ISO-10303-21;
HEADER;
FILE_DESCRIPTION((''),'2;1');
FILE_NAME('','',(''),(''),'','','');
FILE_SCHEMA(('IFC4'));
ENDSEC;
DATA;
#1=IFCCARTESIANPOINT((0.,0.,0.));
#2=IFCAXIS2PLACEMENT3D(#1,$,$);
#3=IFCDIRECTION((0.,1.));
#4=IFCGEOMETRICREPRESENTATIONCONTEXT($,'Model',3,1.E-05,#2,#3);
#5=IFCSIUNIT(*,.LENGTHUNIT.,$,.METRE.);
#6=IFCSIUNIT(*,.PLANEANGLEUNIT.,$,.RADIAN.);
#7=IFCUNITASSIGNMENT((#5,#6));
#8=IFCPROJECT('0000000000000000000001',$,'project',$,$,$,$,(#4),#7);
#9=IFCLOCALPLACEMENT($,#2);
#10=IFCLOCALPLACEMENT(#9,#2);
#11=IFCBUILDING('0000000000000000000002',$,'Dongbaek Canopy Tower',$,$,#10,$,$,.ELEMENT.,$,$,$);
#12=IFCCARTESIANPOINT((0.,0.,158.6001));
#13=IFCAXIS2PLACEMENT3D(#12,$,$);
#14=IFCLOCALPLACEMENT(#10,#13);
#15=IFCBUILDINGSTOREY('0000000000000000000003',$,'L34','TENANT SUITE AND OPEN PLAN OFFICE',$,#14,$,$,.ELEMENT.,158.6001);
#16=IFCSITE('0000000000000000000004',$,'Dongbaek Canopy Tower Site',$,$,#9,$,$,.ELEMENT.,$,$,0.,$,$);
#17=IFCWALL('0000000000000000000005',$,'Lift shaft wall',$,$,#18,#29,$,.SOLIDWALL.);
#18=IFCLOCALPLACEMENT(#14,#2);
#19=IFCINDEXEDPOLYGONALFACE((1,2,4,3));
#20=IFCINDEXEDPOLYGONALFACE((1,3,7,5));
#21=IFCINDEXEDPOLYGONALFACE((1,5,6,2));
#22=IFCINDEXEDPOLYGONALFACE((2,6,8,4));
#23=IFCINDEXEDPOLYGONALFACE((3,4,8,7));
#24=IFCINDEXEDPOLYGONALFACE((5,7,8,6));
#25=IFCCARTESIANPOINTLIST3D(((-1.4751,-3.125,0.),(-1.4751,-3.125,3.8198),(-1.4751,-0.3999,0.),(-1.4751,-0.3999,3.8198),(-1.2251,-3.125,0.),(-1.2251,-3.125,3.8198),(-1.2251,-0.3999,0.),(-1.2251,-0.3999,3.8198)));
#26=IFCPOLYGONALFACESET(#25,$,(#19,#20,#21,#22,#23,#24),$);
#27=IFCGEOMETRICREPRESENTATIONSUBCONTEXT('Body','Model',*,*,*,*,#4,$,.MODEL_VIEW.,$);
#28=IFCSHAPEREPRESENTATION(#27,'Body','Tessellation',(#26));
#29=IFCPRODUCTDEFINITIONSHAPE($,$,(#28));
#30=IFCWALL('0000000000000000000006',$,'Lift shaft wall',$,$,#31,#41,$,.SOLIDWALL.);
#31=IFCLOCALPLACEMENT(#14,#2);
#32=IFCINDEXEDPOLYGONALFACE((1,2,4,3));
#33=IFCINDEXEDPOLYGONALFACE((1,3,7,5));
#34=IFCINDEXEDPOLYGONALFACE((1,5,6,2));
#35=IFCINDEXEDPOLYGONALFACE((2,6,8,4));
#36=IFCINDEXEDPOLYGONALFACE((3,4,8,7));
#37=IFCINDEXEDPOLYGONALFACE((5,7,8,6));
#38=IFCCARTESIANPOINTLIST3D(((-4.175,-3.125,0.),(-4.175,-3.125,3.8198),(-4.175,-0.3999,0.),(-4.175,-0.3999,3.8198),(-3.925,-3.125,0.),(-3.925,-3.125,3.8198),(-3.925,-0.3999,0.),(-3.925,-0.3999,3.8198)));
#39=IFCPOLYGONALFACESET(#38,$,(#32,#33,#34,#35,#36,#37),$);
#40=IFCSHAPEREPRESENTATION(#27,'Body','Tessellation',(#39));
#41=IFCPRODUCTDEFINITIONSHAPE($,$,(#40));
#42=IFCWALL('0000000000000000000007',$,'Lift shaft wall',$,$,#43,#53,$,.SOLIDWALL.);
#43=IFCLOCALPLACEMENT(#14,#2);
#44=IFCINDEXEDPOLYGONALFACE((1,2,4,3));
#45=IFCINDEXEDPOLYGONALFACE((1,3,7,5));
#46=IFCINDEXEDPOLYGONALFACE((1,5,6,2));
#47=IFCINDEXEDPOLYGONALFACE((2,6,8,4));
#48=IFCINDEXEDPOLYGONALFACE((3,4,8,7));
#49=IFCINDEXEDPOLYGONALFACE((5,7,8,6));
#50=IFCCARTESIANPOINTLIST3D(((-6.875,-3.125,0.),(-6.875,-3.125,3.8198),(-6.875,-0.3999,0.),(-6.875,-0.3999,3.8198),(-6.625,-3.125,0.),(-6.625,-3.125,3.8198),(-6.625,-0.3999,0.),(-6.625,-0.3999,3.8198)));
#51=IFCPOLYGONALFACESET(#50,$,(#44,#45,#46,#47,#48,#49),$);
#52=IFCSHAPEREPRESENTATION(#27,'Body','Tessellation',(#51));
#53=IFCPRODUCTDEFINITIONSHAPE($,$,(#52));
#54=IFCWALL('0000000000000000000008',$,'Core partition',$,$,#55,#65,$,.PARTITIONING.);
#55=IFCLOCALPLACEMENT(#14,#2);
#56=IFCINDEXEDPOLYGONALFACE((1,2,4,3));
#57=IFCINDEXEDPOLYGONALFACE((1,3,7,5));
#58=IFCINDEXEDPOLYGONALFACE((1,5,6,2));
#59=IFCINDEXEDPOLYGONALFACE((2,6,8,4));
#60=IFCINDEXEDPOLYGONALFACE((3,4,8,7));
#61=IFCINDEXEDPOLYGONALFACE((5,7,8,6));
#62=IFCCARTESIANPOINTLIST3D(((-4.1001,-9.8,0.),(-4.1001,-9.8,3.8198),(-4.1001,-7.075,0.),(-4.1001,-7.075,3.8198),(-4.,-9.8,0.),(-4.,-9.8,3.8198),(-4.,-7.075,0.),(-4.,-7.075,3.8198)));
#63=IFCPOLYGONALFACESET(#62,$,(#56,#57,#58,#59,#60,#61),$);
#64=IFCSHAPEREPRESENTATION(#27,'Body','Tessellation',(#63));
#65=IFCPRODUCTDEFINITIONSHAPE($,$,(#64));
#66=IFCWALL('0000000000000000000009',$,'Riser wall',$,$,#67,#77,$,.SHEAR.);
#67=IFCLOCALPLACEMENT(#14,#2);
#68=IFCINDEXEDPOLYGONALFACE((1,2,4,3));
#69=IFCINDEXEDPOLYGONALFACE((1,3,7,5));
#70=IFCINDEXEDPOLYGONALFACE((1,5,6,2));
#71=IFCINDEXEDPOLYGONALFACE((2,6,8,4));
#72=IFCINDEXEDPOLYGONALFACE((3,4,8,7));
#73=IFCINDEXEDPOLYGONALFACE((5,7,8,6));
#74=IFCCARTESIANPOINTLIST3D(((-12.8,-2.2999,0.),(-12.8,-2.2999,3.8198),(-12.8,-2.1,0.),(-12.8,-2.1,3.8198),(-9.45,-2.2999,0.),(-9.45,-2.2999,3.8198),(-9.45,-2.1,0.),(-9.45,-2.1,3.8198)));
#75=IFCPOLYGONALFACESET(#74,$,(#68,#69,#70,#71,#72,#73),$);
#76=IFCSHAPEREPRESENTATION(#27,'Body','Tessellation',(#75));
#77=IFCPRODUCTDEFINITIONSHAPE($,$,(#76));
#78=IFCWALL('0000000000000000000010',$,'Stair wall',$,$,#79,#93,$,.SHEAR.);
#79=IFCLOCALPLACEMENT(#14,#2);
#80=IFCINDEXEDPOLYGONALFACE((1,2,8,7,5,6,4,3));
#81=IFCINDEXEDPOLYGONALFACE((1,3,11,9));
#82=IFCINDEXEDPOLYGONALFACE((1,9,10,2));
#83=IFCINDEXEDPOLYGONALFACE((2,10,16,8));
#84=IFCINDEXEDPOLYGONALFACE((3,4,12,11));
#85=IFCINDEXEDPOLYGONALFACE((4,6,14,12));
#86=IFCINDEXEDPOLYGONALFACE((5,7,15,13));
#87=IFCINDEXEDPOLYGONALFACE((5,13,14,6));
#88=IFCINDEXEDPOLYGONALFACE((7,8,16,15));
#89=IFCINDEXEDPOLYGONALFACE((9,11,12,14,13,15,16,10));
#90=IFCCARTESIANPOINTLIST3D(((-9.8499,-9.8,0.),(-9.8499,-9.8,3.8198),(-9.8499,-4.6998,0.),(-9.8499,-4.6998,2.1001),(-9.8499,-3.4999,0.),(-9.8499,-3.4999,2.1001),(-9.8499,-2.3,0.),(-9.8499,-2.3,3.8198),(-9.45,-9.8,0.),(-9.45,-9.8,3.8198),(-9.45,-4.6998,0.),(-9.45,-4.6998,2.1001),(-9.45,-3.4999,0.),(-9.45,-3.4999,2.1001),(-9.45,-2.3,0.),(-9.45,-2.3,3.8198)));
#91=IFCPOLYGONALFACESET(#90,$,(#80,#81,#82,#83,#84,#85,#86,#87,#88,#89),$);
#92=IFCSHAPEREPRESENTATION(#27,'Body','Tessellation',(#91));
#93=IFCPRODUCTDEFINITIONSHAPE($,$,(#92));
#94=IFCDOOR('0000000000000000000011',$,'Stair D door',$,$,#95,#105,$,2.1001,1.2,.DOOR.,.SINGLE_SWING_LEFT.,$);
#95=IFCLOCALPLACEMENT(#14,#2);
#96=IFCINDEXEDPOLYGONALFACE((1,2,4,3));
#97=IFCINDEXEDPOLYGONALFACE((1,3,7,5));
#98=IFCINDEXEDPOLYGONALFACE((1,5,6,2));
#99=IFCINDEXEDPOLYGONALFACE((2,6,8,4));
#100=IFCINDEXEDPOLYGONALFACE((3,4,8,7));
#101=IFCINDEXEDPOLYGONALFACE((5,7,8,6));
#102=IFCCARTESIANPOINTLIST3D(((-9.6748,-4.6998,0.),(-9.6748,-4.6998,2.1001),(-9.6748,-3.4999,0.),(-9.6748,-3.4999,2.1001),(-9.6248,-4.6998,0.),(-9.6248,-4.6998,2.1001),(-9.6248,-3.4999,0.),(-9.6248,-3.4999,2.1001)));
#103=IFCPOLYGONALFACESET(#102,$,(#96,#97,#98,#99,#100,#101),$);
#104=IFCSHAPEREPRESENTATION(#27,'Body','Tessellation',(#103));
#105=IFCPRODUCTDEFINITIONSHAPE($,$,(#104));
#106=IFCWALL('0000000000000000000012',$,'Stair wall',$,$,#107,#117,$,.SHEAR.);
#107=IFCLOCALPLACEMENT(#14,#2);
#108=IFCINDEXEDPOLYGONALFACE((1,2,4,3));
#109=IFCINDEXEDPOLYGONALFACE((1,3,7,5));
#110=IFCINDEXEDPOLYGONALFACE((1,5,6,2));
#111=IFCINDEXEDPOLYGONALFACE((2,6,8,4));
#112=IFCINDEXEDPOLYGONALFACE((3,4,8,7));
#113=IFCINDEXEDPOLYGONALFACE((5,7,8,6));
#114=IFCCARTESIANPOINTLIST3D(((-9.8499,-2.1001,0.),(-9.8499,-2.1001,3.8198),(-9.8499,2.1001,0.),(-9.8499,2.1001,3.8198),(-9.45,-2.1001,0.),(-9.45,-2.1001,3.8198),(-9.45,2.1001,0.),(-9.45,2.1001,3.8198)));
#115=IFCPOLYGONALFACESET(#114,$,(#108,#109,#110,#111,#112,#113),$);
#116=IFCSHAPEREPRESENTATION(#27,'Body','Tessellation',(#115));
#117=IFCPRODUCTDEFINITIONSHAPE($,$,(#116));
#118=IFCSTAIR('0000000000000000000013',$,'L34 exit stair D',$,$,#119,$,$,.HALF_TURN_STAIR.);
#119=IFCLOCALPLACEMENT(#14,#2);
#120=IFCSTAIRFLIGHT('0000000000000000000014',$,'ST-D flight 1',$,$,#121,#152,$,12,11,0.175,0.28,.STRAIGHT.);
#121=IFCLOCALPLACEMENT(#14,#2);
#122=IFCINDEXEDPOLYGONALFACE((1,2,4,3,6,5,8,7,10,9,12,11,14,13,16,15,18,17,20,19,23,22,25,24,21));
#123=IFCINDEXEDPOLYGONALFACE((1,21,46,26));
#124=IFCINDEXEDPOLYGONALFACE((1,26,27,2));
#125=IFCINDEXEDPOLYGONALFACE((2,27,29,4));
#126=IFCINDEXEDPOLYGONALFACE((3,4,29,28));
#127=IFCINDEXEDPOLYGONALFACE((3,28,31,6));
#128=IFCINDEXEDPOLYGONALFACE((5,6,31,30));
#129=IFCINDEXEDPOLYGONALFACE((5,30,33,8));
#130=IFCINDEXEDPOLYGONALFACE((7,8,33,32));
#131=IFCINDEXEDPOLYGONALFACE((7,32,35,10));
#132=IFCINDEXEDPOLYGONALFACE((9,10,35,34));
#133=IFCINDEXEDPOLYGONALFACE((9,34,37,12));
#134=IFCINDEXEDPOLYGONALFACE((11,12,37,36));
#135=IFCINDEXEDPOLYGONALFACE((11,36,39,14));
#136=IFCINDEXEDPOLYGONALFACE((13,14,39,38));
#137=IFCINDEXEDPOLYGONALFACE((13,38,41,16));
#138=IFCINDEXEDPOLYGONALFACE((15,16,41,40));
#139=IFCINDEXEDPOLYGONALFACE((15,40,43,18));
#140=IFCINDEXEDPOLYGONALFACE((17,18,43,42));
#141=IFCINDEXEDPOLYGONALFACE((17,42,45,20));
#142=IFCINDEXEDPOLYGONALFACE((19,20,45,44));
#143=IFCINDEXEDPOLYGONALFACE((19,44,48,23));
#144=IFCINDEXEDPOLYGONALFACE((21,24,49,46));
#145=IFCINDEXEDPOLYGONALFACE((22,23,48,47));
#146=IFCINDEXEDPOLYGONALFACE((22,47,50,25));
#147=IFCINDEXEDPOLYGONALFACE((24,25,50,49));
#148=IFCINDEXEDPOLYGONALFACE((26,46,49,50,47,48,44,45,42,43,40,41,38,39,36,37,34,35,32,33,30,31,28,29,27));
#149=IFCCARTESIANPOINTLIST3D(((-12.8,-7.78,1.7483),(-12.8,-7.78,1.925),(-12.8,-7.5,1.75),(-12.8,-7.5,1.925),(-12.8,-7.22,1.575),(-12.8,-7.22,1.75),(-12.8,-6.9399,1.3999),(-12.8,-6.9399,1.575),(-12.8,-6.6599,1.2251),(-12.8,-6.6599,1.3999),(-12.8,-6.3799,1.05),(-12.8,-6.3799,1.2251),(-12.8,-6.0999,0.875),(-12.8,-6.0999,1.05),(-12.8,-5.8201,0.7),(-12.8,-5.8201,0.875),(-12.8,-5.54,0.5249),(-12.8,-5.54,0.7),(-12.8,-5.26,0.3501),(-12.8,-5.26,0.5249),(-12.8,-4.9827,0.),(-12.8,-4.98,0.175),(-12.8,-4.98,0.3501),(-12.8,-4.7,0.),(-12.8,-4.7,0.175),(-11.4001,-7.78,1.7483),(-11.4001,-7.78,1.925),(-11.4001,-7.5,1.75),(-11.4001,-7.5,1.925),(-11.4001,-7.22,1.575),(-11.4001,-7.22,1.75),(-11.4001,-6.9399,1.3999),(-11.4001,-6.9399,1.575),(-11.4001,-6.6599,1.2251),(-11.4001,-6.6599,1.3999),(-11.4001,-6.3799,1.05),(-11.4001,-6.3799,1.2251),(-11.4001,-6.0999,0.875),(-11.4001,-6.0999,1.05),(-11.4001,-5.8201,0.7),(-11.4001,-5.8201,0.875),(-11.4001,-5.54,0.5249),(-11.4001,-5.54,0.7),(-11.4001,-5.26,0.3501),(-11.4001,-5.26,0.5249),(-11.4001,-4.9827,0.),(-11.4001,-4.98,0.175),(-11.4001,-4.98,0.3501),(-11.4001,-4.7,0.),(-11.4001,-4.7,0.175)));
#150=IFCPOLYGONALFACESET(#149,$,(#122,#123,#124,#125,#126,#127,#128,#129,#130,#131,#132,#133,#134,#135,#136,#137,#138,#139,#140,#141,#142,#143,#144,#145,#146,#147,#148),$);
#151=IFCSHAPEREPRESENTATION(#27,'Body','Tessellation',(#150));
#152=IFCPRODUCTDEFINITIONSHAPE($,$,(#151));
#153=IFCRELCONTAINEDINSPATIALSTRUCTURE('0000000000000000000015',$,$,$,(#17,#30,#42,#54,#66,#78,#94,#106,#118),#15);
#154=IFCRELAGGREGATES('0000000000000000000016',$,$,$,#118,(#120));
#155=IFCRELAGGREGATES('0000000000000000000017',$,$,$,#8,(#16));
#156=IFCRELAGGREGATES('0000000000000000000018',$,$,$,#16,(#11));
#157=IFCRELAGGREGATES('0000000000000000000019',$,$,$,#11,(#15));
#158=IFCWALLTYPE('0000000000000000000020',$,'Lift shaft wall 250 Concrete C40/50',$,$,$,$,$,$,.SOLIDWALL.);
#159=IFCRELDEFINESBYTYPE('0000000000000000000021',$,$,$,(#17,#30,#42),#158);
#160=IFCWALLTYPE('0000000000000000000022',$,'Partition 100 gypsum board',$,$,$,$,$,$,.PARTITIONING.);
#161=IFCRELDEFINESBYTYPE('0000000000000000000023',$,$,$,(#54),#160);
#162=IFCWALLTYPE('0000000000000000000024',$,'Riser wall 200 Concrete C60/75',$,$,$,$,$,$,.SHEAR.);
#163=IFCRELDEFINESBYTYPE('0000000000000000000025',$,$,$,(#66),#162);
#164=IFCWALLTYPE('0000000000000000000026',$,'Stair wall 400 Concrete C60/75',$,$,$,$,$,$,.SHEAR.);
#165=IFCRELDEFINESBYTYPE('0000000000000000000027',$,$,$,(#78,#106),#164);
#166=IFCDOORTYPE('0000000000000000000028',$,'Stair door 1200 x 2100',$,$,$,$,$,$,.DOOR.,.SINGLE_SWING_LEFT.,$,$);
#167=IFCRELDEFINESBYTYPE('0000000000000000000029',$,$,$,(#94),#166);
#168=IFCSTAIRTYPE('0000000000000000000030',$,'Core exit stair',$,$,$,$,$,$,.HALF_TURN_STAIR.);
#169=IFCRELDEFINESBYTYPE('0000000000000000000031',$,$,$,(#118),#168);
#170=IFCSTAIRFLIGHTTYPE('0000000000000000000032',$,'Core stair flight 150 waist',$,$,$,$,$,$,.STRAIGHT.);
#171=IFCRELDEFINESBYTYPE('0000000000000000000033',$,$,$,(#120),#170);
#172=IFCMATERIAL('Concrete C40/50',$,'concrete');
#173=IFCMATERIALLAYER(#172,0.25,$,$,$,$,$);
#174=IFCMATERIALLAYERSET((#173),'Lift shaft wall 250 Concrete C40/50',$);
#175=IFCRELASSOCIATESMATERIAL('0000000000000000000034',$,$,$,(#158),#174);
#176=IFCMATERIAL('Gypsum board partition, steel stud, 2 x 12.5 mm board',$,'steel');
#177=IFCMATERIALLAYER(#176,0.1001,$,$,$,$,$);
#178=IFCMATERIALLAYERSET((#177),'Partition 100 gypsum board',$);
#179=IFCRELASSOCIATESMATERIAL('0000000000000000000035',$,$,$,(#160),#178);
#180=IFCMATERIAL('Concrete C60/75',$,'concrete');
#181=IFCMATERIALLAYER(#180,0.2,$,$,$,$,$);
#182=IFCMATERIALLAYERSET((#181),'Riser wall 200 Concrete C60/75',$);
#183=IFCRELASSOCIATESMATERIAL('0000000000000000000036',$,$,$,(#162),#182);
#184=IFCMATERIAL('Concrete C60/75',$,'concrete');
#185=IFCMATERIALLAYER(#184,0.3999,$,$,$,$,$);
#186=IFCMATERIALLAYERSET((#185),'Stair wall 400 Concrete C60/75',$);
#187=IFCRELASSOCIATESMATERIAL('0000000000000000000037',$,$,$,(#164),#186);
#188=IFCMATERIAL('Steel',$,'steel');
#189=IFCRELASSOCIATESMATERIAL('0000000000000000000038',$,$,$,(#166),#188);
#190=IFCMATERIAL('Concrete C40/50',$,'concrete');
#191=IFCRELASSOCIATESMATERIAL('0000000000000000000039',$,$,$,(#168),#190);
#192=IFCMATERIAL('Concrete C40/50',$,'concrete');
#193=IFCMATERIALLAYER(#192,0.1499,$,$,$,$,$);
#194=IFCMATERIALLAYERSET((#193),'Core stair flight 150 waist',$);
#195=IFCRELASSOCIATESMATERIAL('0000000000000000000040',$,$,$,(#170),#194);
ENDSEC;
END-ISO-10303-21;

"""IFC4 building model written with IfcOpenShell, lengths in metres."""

from ifc_helpers import new_model, si_unit, direction, frame, frame_2d, origin, place, context, subcontext, project, spatial, polyline, rectangle, outline, extrude, material, layer, layer_set, type_object, element, fill, aggregate, save


model = new_model("IFC4")

# Units and contexts
model_context = context("Model", 3, precision=1e-05, world=origin(), true_north=direction((0.0, 1.0)))
body_context = subcontext(model_context, "Body", "Model", "MODEL_VIEW")
ifc_project = project(units=[si_unit("LENGTHUNIT", "METRE"), si_unit("PLANEANGLEUNIT", "RADIAN")], contexts=[model_context])

# Site, building, storey
site_placement = place(None, origin())
site = spatial("IfcSite", under=ifc_project, at=site_placement, Name="Dongbaek Canopy Tower Site", CompositionType="ELEMENT", RefElevation=0.0)
building_placement = place(site_placement, origin())
building = spatial("IfcBuilding", under=site, at=building_placement, Name="Dongbaek Canopy Tower", CompositionType="ELEMENT")
storey_placement = place(building_placement, frame((0.0, 0.0, 158.6001)))
storey = spatial("IfcBuildingStorey", under=building, at=storey_placement, Name="L34", Description="TENANT SUITE AND OPEN PLAN OFFICE", CompositionType="ELEMENT", Elevation=158.6001)

# Walls
ifc_material_1 = material(Name="Concrete C40/50", Category="concrete")
ifc_layer_1 = layer(ifc_material_1, 0.25)
ifc_layer_set_1 = layer_set([ifc_layer_1], Name="Lift shaft wall 250 Concrete C40/50")
wall_type_1 = type_object("IfcWallType", Name="Lift shaft wall 250 Concrete C40/50", PredefinedType="SOLIDWALL", material=ifc_layer_set_1)
for number, where, z_axis, x_axis, name in (
    (1, (-1.3501, -3.125, 0.0), (0.0, 0.0, 1.0), (0.0, 1.0, 0.0), "Lift shaft wall"),
    (2, (-4.05, -3.125, 0.0), (0.0, 0.0, 1.0), (0.0, 1.0, 0.0), "Lift shaft wall"),
    (3, (-6.75, -3.125, 0.0), (0.0, 0.0, 1.0), (0.0, 1.0, 0.0), "Lift shaft wall"),
):
    element("IfcWall", number, at=place(storey_placement, frame(where, z_axis=z_axis, x_axis=x_axis)), inside=storey, type_object=wall_type_1, Name=name, PredefinedType="SOLIDWALL", context=body_context, shape_type="SweptSolid", body=[
        extrude(rectangle(XDim=2.7251, YDim=0.25, at=frame_2d((1.3625, 0.0))), origin(), (0.0, 0.0, 1.0), 3.8198),
    ])
ifc_material_2 = material(Name="Gypsum board partition, steel stud, 2 x 12.5 mm board", Category="steel")
ifc_layer_2 = layer(ifc_material_2, 0.1001)
ifc_layer_set_2 = layer_set([ifc_layer_2], Name="Partition 100 gypsum board")
wall_type_2 = type_object("IfcWallType", Name="Partition 100 gypsum board", PredefinedType="PARTITIONING", material=ifc_layer_set_2)
wall_1_placement = place(storey_placement, frame((-4.05, -9.8, 0.0), z_axis=(0.0, 0.0, 1.0), x_axis=(0.0, 1.0, 0.0)))
element("IfcWall", 4, at=wall_1_placement, inside=storey, type_object=wall_type_2, Name="Core partition", PredefinedType="PARTITIONING", context=body_context, shape_type="SweptSolid", body=[
    extrude(rectangle(XDim=2.7251, YDim=0.1001, at=frame_2d((1.3625, 0.0))), origin(), (0.0, 0.0, 1.0), 3.8198),
])
ifc_material_3 = material(Name="Concrete C60/75", Category="concrete")
ifc_layer_3 = layer(ifc_material_3, 0.2)
ifc_layer_set_3 = layer_set([ifc_layer_3], Name="Riser wall 200 Concrete C60/75")
wall_type_3 = type_object("IfcWallType", Name="Riser wall 200 Concrete C60/75", PredefinedType="SHEAR", material=ifc_layer_set_3)
wall_2_placement = place(storey_placement, frame((-9.45, -2.2, 0.0), z_axis=(0.0, 0.0, 1.0), x_axis=(-1.0, 0.0, 0.0)))
element("IfcWall", 5, at=wall_2_placement, inside=storey, type_object=wall_type_3, Name="Riser wall", PredefinedType="SHEAR", context=body_context, shape_type="SweptSolid", body=[
    extrude(rectangle(XDim=3.3501, YDim=0.2, at=frame_2d((1.675, 0.0))), origin(), (0.0, 0.0, 1.0), 3.8198),
])

# Wall, opening, door
ifc_material_4 = material(Name="Concrete C60/75", Category="concrete")
ifc_layer_4 = layer(ifc_material_4, 0.3999)
ifc_layer_set_4 = layer_set([ifc_layer_4], Name="Stair wall 400 Concrete C60/75")
wall_type_4 = type_object("IfcWallType", Name="Stair wall 400 Concrete C60/75", PredefinedType="SHEAR", material=ifc_layer_set_4)
wall_3_placement = place(storey_placement, frame((-9.6499, -9.8, 0.0), z_axis=(0.0, 0.0, 1.0), x_axis=(0.0, 1.0, 0.0)))
wall_3 = element("IfcWall", 6, at=wall_3_placement, inside=storey, type_object=wall_type_4, Name="Stair wall", PredefinedType="SHEAR", context=body_context, shape_type="SweptSolid", body=[
    extrude(rectangle(XDim=7.5, YDim=0.3999, at=frame_2d((3.75, 0.0))), origin(), (0.0, 0.0, 1.0), 3.8198),
])
opening_1_placement = place(wall_3_placement, frame((5.1001, 0.0, 0.0)))
opening_1 = element("IfcOpeningElement", 7, at=opening_1_placement, cuts=wall_3, PredefinedType="OPENING", context=body_context, shape_type="SweptSolid", body=[
    extrude(rectangle(XDim=1.2, YDim=2.1001, at=frame_2d((0.6001, 1.05))), frame((0.0, 0.21, 0.0), z_axis=(0.0, -1.0, 0.0), x_axis=(1.0, 0.0, 0.0)), (0.0, 0.0, 1.0), 0.4199),
])
ifc_material_5 = material(Name="Steel", Category="steel")
door_type_1 = type_object("IfcDoorType", Name="Stair door 1200 x 2100", OperationType="SINGLE_SWING_LEFT", PredefinedType="DOOR", material=ifc_material_5)
door_1_placement = place(opening_1_placement, origin())
door_1 = element("IfcDoor", 8, at=door_1_placement, inside=storey, type_object=door_type_1, Name="Stair D door", OperationType="SINGLE_SWING_LEFT", OverallHeight=2.1001, OverallWidth=1.2, PredefinedType="DOOR", context=body_context, shape_type="SweptSolid", body=[
    extrude(rectangle(XDim=1.2, YDim=2.1001, at=frame_2d((0.6001, 1.05))), frame((0.0, 0.0249, 0.0), z_axis=(0.0, -1.0, 0.0), x_axis=(1.0, 0.0, 0.0)), (0.0, 0.0, 1.0), 0.05),
])
fill(opening_1, door_1)

# Wall
wall_4_placement = place(storey_placement, frame((-9.6499, -2.1001, 0.0), z_axis=(0.0, 0.0, 1.0), x_axis=(0.0, 1.0, 0.0)))
element("IfcWall", 9, at=wall_4_placement, inside=storey, type_object=wall_type_4, Name="Stair wall", PredefinedType="SHEAR", context=body_context, shape_type="SweptSolid", body=[
    extrude(rectangle(XDim=4.2002, YDim=0.3999, at=frame_2d((2.1001, 0.0))), origin(), (0.0, 0.0, 1.0), 3.8198),
])

# Stair, stair flight
ifc_material_6 = material(Name="Concrete C40/50", Category="concrete")
stair_type = type_object("IfcStairType", Name="Core exit stair", PredefinedType="HALF_TURN_STAIR", material=ifc_material_6)
stair_placement = place(storey_placement, origin())
stair = element("IfcStair", 10, at=stair_placement, inside=storey, type_object=stair_type, Name="L34 exit stair D", PredefinedType="HALF_TURN_STAIR")
ifc_material_7 = material(Name="Concrete C40/50", Category="concrete")
ifc_layer_5 = layer(ifc_material_7, 0.1499)
ifc_layer_set_5 = layer_set([ifc_layer_5], Name="Core stair flight 150 waist")
stair_flight_type = type_object("IfcStairFlightType", Name="Core stair flight 150 waist", PredefinedType="STRAIGHT", material=ifc_layer_set_5)
stair_flight_1_placement = place(storey_placement, frame((-12.1001, -4.7, 0.0), z_axis=(0.0, 0.0, 1.0), x_axis=(0.0, -1.0, 0.0)))
stair_flight_1 = element("IfcStairFlight", 11, at=stair_flight_1_placement, type_object=stair_flight_type, Name="ST-D flight 1", NumberOfRisers=12, NumberOfTreads=11, PredefinedType="STRAIGHT", RiserHeight=0.175, TreadLength=0.28, context=body_context, shape_type="SweptSolid", body=[
    extrude(outline(polyline([(0.0, 0.0), (0.0, 0.175), (0.28, 0.175), (0.28, 0.3501), (0.5601, 0.3501), (0.5601, 0.5249), (0.8401, 0.5249), (0.8401, 0.7), (1.1201, 0.7), (1.1201, 0.875), (1.3999, 0.875), (1.3999, 1.05), (1.6799, 1.05), (1.6799, 1.2251), (1.96, 1.2251), (1.96, 1.3999), (2.24, 1.3999), (2.24, 1.575), (2.52, 1.575), (2.52, 1.75), (2.8, 1.75), (2.8, 1.925), (3.0801, 1.925), (3.0801, 2.1001), (3.0801, 1.7483), (0.2827, 0.0), (0.0, 0.0)])), frame((0.0, 0.7, 0.0), z_axis=(0.0, -1.0, 0.0), x_axis=(1.0, 0.0, 0.0)), (0.0, 0.0, 1.0), 1.3999),
])
aggregate(stair, [stair_flight_1])

save(model, "model.ifc")
